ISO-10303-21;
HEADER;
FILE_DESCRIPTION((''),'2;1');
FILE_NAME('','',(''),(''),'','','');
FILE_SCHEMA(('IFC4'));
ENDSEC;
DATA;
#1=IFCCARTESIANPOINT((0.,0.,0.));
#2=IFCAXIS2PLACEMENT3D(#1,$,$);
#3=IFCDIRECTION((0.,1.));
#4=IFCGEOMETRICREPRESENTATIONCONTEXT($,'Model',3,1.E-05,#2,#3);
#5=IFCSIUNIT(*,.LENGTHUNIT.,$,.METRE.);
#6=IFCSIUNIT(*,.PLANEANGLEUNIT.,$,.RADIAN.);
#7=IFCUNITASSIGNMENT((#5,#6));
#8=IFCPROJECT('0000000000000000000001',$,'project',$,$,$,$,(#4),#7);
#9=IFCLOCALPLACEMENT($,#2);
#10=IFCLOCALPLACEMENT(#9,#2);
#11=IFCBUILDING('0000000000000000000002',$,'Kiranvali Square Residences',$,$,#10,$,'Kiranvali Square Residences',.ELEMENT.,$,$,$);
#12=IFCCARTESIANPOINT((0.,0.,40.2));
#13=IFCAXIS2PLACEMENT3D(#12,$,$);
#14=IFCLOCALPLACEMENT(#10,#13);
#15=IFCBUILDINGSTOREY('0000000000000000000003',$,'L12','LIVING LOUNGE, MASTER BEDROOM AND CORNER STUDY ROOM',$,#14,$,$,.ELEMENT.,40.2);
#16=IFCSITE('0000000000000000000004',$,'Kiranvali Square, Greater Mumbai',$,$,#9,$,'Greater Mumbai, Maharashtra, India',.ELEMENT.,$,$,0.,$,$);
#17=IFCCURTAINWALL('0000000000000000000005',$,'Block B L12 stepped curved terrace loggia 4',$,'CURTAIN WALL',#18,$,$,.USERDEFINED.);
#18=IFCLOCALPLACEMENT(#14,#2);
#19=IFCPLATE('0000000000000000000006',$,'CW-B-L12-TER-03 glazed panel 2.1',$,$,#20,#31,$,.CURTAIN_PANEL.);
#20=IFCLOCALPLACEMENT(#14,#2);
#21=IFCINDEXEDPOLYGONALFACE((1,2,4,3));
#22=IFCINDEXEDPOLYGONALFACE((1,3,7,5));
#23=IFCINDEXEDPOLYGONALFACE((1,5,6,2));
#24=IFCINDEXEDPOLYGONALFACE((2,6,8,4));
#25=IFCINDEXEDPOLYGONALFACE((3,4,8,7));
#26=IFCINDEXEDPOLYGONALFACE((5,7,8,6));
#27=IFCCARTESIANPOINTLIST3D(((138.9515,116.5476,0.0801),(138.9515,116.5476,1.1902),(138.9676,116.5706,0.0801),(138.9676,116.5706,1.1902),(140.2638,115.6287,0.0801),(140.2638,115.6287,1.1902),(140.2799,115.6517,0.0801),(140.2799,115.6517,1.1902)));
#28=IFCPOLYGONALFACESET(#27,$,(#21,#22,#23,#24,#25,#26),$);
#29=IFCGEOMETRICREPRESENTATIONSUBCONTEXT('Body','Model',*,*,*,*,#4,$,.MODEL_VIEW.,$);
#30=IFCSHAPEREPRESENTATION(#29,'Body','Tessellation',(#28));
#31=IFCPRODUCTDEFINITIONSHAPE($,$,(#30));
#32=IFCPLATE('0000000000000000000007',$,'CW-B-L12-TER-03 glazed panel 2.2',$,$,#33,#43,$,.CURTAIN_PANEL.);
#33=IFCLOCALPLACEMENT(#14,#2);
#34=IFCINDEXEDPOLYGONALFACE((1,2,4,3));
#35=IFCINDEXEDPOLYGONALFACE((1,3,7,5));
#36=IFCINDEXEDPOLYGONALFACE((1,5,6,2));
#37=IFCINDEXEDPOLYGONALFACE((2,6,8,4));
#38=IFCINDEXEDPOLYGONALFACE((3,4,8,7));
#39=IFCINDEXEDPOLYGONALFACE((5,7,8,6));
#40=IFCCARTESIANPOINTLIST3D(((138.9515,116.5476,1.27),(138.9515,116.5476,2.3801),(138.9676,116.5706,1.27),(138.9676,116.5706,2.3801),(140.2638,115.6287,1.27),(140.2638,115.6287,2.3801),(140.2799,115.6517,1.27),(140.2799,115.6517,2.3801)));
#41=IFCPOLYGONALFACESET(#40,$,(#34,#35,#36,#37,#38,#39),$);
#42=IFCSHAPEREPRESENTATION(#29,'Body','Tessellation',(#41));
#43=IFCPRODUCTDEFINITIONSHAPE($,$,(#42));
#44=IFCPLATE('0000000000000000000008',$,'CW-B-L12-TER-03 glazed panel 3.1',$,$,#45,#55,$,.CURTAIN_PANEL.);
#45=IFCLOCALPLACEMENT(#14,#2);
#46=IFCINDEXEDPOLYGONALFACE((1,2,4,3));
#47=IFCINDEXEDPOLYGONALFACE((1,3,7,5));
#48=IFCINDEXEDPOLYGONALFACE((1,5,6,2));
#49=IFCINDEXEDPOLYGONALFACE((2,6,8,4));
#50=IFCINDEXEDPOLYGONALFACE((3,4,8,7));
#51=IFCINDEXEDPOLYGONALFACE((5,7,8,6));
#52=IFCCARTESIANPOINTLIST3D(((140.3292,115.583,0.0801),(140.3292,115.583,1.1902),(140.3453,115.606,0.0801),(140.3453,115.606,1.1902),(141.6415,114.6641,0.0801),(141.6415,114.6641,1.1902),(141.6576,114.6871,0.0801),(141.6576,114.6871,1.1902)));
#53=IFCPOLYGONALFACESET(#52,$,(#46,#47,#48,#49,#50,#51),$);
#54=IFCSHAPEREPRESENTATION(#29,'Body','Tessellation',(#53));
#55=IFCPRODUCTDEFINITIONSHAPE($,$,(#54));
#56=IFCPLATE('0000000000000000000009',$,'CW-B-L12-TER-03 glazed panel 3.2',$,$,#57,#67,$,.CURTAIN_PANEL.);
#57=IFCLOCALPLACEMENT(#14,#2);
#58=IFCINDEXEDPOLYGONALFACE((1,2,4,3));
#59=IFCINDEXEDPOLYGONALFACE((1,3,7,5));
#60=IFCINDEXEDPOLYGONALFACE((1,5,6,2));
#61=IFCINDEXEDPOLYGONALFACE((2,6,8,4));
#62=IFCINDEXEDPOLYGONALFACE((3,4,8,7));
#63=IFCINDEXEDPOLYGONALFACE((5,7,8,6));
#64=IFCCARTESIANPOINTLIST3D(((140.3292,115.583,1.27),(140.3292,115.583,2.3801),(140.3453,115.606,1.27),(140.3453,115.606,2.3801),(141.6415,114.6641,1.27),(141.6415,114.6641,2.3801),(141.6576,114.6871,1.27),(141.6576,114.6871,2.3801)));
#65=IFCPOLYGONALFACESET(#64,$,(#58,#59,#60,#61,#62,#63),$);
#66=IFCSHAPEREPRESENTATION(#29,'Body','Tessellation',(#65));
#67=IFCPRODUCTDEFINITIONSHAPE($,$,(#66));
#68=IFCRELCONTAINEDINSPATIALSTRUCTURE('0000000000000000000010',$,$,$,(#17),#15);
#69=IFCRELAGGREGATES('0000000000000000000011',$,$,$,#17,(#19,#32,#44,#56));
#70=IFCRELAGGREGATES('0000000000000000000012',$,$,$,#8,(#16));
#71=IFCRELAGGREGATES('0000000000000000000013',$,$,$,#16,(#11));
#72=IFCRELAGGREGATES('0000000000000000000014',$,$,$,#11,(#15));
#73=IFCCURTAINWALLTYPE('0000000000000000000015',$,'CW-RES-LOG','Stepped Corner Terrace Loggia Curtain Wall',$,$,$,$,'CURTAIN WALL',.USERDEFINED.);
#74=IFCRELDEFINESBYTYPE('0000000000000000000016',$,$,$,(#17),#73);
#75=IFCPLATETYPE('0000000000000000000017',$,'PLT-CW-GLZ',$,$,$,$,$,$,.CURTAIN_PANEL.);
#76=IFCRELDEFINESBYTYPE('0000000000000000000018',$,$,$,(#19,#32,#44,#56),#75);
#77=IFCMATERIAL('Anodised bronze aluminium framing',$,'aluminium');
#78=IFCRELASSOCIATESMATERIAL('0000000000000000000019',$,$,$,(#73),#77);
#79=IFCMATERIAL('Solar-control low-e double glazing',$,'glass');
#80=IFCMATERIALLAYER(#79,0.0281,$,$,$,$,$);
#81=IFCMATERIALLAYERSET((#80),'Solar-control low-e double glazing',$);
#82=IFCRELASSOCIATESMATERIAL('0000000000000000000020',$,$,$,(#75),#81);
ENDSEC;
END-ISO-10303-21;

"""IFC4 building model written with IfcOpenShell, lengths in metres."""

from ifc_helpers import new_model, si_unit, direction, frame, origin, origin_2d, place, context, subcontext, project, spatial, rectangle, extrude, material, layer, layer_set, type_object, element, aggregate, save


model = new_model("IFC4")

# Units and contexts
model_context = context("Model", 3, precision=1e-05, world=origin(), true_north=direction((0.0, 1.0)))
body_context = subcontext(model_context, "Body", "Model", "MODEL_VIEW")
ifc_project = project(units=[si_unit("LENGTHUNIT", "METRE"), si_unit("PLANEANGLEUNIT", "RADIAN")], contexts=[model_context])

# Site, building, storey
site_placement = place(None, origin())
site = spatial("IfcSite", under=ifc_project, at=site_placement, Name="Kiranvali Square, Greater Mumbai", LongName="Greater Mumbai, Maharashtra, India", CompositionType="ELEMENT", RefElevation=0.0)
building_placement = place(site_placement, origin())
building = spatial("IfcBuilding", under=site, at=building_placement, Name="Kiranvali Square Residences", LongName="Kiranvali Square Residences", CompositionType="ELEMENT")
storey_placement = place(building_placement, frame((0.0, 0.0, 40.2)))
storey = spatial("IfcBuildingStorey", under=building, at=storey_placement, Name="L12", Description="LIVING LOUNGE, MASTER BEDROOM AND CORNER STUDY ROOM", CompositionType="ELEMENT", Elevation=40.2)

# Curtain wall
ifc_material_1 = material(Name="Anodised bronze aluminium framing", Category="aluminium")
curtain_wall_type = type_object("IfcCurtainWallType", Name="CW-RES-LOG", Description="Stepped Corner Terrace Loggia Curtain Wall", ElementType="CURTAIN WALL", PredefinedType="USERDEFINED", material=ifc_material_1)
curtain_wall_1_placement = place(storey_placement, origin())
curtain_wall_1 = element("IfcCurtainWall", 1, at=curtain_wall_1_placement, inside=storey, type_object=curtain_wall_type, Name="Block B L12 stepped curved terrace loggia 4", ObjectType="CURTAIN WALL", PredefinedType="USERDEFINED")

# Plates
ifc_material_2 = material(Name="Solar-control low-e double glazing", Category="glass")
ifc_layer_1 = layer(ifc_material_2, 0.0281)
ifc_layer_set_1 = layer_set([ifc_layer_1], Name="Solar-control low-e double glazing")
plate_type = type_object("IfcPlateType", Name="PLT-CW-GLZ", PredefinedType="CURTAIN_PANEL", material=ifc_layer_set_1)
plate_1_placement = place(storey_placement, frame((139.6157, 116.0996, 0.0801), z_axis=(0.0, 0.0, 1.0), x_axis=(0.819152, -0.573576, 0.0)))
plate_1 = element("IfcPlate", 2, at=plate_1_placement, type_object=plate_type, Name="CW-B-L12-TER-03 glazed panel 2.1", PredefinedType="CURTAIN_PANEL", context=body_context, shape_type="SweptSolid", body=[
    extrude(rectangle(XDim=1.6021, YDim=0.0281, at=origin_2d()), origin(), (0.0, 0.0, 1.0), 1.1101),
])
plate_2_placement = place(storey_placement, frame((139.6157, 116.0996, 1.27), z_axis=(0.0, 0.0, 1.0), x_axis=(0.819152, -0.573576, 0.0)))
plate_2 = element("IfcPlate", 3, at=plate_2_placement, type_object=plate_type, Name="CW-B-L12-TER-03 glazed panel 2.2", PredefinedType="CURTAIN_PANEL", context=body_context, shape_type="SweptSolid", body=[
    extrude(rectangle(XDim=1.6021, YDim=0.0281, at=origin_2d()), origin(), (0.0, 0.0, 1.0), 1.1101),
])
plate_3_placement = place(storey_placement, frame((140.9934, 115.135, 0.0801), z_axis=(0.0, 0.0, 1.0), x_axis=(0.819152, -0.573576, 0.0)))
plate_3 = element("IfcPlate", 4, at=plate_3_placement, type_object=plate_type, Name="CW-B-L12-TER-03 glazed panel 3.1", PredefinedType="CURTAIN_PANEL", context=body_context, shape_type="SweptSolid", body=[
    extrude(rectangle(XDim=1.6021, YDim=0.0281, at=origin_2d()), origin(), (0.0, 0.0, 1.0), 1.1101),
])
plate_4_placement = place(storey_placement, frame((140.9934, 115.135, 1.27), z_axis=(0.0, 0.0, 1.0), x_axis=(0.819152, -0.573576, 0.0)))
plate_4 = element("IfcPlate", 5, at=plate_4_placement, type_object=plate_type, Name="CW-B-L12-TER-03 glazed panel 3.2", PredefinedType="CURTAIN_PANEL", context=body_context, shape_type="SweptSolid", body=[
    extrude(rectangle(XDim=1.6021, YDim=0.0281, at=origin_2d()), origin(), (0.0, 0.0, 1.0), 1.1101),
])
aggregate(curtain_wall_1, [plate_1, plate_2, plate_3, plate_4])

save(model, "model.ifc")
